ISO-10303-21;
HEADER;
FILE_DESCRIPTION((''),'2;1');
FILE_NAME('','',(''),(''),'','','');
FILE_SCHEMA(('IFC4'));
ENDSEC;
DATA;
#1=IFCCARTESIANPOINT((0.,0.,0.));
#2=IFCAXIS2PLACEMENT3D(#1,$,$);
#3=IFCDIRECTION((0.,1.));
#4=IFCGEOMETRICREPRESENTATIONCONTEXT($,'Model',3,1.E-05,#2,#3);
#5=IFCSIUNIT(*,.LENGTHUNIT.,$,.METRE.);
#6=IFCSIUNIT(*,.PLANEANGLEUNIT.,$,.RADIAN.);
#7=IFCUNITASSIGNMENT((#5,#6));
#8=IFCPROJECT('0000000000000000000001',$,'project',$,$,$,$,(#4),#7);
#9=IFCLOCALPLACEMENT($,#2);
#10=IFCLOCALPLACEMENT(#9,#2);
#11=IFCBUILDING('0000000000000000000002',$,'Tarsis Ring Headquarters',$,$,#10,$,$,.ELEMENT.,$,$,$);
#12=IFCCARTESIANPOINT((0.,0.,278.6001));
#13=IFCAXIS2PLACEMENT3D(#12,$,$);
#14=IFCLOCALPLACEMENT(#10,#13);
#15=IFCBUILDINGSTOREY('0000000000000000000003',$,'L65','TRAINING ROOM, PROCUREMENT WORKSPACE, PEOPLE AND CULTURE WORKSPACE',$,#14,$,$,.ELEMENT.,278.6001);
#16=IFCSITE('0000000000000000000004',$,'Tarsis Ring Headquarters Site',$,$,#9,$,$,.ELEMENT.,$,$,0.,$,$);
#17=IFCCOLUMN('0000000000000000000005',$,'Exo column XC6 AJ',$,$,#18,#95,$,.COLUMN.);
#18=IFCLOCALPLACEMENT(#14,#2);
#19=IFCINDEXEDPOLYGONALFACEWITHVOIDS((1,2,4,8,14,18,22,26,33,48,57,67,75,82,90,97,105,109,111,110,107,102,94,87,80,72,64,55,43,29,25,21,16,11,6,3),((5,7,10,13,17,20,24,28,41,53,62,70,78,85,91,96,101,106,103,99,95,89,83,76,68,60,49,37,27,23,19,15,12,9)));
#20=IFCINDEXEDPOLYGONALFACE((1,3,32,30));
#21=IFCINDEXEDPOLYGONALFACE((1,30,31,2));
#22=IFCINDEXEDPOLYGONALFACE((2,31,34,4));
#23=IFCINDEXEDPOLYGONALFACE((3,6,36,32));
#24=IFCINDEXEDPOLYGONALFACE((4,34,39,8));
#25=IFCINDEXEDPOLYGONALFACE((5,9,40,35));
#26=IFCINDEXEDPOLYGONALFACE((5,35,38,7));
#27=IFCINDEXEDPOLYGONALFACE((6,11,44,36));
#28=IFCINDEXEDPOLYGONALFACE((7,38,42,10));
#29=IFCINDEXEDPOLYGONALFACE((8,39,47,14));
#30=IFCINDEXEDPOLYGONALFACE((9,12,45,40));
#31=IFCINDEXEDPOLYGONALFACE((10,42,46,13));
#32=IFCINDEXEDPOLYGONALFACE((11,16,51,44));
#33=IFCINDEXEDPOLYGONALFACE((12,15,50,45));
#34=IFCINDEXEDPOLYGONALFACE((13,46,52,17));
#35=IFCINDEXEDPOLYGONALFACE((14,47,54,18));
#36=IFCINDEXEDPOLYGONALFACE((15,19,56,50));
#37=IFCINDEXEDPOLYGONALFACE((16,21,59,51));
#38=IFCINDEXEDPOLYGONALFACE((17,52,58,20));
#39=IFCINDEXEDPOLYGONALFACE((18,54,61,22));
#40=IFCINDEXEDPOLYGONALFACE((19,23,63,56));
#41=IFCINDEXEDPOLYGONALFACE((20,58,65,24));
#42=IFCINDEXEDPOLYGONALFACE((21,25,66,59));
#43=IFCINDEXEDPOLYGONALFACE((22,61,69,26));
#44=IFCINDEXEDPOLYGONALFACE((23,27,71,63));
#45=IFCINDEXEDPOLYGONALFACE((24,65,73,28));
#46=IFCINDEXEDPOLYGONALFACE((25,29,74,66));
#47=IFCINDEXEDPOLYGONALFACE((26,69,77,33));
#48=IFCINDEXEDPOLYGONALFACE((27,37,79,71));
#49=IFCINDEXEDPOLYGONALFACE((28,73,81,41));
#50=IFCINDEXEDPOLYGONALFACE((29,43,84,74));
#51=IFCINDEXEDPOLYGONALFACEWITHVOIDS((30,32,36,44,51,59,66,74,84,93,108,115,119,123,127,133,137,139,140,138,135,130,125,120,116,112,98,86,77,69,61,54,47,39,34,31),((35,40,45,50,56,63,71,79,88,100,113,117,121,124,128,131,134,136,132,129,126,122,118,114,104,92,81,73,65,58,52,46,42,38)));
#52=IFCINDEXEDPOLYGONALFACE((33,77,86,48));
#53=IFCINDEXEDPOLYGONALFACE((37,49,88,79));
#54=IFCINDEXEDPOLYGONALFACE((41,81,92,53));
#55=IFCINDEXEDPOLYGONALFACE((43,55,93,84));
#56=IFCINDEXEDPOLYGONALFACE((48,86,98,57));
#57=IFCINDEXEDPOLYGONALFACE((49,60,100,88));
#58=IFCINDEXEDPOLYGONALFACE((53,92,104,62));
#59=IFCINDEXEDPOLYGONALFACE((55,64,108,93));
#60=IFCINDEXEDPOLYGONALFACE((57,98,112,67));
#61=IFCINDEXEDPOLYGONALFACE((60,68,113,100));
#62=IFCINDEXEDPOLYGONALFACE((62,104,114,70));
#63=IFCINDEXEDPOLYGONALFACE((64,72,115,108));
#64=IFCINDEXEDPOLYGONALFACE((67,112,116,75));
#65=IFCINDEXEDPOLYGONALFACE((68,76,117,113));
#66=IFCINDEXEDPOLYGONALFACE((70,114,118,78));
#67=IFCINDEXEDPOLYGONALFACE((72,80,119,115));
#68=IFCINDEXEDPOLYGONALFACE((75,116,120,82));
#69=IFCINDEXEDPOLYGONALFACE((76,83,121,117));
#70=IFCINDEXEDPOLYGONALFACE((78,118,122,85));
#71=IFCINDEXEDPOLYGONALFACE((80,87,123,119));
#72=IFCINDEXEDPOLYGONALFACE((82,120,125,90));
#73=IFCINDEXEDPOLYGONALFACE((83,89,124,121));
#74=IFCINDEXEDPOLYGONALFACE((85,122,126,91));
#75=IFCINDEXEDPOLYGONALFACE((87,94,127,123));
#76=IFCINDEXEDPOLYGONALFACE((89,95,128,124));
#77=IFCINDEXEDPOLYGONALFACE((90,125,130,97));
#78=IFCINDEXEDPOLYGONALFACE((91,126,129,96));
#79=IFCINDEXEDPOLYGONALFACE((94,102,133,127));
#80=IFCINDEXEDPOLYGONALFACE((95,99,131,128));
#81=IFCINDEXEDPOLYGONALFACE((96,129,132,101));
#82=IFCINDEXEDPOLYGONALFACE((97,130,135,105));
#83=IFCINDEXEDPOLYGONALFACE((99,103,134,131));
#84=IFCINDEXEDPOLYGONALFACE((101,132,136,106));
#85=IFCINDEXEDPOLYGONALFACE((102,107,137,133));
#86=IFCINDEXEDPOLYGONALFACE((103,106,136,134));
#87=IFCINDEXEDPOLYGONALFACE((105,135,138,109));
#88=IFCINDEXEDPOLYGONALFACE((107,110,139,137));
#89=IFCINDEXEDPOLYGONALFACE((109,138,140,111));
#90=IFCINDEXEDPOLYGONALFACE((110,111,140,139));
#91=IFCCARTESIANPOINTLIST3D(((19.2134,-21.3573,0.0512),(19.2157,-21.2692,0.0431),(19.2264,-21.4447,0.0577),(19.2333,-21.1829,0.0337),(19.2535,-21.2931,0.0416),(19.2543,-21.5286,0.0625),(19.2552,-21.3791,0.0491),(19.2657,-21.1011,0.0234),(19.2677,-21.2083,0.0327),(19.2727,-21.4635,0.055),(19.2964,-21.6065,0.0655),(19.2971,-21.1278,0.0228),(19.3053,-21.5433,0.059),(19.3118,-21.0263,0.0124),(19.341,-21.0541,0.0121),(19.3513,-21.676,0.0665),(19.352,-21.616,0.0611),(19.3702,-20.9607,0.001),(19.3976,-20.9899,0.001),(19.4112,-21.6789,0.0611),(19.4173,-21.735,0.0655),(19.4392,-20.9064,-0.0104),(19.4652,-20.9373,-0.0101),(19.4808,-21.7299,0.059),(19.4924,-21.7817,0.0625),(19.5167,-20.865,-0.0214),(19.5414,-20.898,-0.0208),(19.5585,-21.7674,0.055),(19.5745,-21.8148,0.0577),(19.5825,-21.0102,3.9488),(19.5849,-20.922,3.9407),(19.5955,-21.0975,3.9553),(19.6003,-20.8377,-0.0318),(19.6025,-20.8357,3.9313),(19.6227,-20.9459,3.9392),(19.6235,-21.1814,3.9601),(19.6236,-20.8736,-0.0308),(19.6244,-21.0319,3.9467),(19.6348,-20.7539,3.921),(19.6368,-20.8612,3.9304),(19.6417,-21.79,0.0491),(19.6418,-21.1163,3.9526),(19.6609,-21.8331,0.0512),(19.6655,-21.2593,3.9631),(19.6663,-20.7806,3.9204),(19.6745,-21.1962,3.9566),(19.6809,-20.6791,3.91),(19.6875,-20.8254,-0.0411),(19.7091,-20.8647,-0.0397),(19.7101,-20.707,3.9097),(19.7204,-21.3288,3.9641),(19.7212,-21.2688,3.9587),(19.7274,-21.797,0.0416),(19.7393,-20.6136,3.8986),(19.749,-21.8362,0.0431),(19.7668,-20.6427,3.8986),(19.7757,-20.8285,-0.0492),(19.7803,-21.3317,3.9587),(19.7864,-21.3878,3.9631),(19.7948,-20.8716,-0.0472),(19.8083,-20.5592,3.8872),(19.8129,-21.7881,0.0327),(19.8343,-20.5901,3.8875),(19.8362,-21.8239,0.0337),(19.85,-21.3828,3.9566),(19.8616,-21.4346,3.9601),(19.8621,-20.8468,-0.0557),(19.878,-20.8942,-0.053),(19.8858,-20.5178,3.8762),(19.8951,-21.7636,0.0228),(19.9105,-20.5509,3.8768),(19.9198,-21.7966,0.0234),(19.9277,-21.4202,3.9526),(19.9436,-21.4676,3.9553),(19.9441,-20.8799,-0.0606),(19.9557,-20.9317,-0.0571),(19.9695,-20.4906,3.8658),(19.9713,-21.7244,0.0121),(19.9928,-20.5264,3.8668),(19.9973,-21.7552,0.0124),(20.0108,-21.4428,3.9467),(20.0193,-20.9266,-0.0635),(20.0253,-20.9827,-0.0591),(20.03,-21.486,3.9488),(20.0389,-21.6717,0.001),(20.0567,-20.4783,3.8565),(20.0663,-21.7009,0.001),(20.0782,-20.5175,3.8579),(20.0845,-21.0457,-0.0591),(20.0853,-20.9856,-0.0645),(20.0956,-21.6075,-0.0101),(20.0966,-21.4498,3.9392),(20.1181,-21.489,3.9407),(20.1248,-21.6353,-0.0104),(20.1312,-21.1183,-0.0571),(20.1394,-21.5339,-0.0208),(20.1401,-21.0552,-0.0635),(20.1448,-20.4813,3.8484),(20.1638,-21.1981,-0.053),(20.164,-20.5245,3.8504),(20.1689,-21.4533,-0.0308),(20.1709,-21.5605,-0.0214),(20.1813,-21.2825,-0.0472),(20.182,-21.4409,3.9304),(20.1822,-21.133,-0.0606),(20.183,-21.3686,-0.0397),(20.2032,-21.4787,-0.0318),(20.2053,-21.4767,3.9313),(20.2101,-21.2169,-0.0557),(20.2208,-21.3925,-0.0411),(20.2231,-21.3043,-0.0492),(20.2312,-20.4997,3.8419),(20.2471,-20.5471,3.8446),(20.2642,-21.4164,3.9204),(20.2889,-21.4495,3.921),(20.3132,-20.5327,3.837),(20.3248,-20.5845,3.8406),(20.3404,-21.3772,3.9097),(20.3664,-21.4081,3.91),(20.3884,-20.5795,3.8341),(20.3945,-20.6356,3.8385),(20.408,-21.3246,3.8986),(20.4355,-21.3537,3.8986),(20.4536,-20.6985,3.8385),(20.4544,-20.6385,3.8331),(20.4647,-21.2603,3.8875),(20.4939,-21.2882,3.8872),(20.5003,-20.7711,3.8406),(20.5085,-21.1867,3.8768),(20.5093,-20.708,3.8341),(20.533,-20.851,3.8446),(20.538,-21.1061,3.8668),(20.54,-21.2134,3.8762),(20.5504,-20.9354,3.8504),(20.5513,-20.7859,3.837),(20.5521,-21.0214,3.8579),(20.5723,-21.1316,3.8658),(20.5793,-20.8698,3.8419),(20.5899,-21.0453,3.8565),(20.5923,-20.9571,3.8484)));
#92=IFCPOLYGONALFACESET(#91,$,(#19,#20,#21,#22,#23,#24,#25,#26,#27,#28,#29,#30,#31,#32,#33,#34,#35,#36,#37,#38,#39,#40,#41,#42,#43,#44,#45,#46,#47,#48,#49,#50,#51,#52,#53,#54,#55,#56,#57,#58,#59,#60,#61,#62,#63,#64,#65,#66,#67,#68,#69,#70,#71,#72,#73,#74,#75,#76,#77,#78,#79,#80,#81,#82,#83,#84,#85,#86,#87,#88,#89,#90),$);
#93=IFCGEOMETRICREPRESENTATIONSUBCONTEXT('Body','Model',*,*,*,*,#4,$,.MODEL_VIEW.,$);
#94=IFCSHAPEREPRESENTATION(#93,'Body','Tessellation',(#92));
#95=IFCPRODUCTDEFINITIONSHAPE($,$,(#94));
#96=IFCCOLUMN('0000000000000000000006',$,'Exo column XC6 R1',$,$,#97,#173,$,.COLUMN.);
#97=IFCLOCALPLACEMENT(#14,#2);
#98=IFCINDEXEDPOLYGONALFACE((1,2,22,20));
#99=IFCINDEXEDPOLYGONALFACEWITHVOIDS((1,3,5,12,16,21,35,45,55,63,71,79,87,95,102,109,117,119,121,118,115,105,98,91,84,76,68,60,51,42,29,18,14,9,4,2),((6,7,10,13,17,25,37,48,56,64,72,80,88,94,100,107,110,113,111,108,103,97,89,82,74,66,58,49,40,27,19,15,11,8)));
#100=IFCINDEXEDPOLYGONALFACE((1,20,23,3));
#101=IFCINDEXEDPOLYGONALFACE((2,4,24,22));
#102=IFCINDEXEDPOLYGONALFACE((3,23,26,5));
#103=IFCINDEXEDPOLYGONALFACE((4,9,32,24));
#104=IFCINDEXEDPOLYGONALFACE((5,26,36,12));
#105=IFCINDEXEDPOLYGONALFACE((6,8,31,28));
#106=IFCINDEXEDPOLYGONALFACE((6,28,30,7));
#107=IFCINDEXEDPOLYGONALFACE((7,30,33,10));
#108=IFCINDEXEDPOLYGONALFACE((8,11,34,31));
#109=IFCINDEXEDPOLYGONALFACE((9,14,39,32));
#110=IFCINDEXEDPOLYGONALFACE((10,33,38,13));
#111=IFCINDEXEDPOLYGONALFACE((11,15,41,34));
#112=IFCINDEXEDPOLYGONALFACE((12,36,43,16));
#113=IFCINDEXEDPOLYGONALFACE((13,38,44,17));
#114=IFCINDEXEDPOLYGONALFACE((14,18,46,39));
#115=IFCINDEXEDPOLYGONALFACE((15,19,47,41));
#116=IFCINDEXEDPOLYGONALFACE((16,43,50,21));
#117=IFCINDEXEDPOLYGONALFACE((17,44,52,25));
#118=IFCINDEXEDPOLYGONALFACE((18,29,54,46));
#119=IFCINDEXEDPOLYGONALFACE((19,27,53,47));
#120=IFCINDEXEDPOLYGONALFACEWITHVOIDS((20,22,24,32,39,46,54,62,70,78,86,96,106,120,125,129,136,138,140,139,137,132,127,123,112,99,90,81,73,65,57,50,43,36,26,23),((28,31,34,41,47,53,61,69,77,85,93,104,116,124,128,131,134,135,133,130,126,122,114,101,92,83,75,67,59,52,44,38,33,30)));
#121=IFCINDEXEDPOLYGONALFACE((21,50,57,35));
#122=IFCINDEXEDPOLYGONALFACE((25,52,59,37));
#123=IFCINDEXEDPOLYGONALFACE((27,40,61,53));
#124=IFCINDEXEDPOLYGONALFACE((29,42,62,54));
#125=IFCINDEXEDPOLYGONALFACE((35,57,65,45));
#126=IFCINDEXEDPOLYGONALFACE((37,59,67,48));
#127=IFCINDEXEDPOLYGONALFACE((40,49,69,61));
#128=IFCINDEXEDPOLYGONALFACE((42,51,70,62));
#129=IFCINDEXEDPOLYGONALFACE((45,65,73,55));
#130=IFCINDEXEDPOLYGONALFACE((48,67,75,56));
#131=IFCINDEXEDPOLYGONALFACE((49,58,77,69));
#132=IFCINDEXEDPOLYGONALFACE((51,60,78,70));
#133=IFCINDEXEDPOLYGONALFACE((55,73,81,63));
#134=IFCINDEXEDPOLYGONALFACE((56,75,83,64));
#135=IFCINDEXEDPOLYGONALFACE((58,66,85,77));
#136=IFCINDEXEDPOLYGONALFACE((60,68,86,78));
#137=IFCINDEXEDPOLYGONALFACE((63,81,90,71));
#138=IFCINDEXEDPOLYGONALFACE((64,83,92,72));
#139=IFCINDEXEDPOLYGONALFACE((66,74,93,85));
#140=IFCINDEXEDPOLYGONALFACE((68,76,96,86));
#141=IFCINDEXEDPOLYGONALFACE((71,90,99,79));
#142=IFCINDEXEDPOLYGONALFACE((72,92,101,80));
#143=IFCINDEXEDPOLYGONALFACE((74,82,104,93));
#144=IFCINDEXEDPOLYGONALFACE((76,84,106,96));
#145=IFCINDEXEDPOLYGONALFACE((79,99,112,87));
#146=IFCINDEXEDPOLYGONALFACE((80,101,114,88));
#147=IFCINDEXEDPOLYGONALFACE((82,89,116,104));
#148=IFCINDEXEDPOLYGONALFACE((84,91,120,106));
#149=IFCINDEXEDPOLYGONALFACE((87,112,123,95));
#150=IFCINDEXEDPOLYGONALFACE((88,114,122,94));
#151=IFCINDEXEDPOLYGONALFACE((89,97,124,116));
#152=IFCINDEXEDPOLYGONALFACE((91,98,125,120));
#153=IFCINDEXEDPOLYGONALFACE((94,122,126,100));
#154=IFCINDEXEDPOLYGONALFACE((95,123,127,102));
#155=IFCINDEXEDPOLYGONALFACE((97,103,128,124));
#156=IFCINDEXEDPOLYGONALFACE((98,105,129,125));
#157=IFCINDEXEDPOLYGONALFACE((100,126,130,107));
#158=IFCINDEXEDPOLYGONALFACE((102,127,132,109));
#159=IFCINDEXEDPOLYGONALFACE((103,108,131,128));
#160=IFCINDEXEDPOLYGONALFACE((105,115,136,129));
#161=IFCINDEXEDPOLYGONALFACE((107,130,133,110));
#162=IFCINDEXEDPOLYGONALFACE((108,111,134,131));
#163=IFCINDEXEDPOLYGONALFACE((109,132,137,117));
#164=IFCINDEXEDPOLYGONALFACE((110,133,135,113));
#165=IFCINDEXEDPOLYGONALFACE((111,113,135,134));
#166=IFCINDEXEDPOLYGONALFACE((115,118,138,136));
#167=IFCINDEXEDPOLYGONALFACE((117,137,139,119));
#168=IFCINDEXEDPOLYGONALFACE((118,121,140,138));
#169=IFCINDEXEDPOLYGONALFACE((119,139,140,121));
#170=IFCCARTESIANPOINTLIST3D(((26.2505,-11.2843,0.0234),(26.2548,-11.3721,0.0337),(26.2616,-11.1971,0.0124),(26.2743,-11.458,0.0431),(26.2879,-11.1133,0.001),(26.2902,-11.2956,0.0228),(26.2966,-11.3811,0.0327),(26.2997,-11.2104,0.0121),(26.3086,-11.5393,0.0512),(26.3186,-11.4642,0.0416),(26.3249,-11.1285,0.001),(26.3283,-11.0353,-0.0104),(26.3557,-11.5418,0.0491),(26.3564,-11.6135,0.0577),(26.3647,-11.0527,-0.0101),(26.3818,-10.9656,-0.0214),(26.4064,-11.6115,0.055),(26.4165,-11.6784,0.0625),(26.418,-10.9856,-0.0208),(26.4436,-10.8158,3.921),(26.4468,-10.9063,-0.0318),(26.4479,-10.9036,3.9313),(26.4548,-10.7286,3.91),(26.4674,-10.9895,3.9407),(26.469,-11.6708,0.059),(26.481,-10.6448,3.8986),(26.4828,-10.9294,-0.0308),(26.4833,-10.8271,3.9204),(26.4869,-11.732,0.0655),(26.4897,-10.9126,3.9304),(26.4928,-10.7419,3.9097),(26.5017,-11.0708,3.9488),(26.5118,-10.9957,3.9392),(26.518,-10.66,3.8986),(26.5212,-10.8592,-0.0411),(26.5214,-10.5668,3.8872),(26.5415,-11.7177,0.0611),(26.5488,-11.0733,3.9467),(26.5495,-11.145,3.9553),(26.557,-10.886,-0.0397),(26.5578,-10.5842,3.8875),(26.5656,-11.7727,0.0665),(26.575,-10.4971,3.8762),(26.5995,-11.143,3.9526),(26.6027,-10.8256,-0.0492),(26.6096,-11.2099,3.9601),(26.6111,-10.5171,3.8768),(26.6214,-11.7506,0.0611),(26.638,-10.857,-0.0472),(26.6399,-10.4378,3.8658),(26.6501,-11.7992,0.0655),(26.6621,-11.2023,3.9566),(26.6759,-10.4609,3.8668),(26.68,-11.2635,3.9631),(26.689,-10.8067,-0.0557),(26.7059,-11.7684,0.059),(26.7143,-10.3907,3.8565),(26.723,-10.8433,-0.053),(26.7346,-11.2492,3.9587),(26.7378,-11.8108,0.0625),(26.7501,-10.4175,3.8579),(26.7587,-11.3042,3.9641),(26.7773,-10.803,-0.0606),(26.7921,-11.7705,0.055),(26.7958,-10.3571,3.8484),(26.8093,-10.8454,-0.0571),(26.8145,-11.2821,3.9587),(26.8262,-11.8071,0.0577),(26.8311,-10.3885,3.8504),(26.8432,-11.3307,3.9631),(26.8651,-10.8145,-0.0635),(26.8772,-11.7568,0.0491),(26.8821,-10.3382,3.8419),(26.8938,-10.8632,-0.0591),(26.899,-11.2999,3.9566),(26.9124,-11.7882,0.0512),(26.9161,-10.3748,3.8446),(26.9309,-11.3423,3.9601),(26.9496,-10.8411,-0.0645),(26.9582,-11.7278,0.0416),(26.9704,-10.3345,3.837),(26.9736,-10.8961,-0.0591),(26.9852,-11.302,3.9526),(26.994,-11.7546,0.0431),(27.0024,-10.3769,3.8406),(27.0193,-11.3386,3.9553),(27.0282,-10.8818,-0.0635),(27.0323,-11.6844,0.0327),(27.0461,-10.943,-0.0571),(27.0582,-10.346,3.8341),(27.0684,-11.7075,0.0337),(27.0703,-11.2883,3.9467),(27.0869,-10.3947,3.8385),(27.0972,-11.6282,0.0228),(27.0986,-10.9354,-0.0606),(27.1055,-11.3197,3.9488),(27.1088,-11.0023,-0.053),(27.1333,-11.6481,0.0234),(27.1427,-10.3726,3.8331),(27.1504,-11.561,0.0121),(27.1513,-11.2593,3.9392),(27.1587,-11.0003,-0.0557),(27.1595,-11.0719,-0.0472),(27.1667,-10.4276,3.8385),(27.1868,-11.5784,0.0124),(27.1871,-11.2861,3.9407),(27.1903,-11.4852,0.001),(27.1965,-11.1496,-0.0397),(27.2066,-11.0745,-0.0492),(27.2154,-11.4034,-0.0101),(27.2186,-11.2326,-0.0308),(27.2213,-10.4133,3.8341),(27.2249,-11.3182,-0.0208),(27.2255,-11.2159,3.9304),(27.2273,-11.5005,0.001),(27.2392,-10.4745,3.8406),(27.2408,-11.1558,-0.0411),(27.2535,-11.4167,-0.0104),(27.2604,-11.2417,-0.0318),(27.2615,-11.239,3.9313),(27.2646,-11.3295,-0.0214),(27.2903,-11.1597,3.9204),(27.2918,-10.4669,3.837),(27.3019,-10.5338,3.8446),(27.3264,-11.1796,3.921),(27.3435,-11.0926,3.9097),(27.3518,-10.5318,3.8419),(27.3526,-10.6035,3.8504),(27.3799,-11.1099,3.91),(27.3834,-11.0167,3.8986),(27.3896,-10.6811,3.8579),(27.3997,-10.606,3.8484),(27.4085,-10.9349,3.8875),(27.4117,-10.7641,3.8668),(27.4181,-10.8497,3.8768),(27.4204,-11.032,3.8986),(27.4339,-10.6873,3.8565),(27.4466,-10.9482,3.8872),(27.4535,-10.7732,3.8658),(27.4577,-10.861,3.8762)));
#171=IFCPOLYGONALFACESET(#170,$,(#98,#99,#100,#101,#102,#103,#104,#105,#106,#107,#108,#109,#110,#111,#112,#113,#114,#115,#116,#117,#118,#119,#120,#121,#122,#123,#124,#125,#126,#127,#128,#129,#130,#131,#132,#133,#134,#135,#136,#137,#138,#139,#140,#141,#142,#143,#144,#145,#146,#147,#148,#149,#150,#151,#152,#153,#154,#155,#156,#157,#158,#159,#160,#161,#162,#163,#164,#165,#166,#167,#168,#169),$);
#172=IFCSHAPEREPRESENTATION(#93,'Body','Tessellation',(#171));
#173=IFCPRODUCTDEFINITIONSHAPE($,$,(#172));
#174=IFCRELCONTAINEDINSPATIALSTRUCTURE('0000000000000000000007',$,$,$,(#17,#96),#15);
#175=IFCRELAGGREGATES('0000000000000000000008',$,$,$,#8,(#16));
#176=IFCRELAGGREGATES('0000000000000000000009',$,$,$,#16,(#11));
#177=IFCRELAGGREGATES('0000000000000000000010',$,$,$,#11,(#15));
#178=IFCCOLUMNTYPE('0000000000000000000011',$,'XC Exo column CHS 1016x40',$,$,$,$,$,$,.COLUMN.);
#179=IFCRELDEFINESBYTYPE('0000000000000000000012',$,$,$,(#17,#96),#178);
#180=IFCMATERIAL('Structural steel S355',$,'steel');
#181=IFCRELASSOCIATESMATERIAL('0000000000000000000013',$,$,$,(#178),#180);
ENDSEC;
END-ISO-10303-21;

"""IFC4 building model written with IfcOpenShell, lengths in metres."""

from ifc_helpers import new_model, si_unit, direction, frame, origin, origin_2d, place, context, subcontext, project, spatial, hollow_circle, extrude, material, material_profile, profile_set, type_object, element, save


model = new_model("IFC4")

# Units and contexts
model_context = context("Model", 3, precision=1e-05, world=origin(), true_north=direction((0.0, 1.0)))
body_context = subcontext(model_context, "Body", "Model", "MODEL_VIEW")
ifc_project = project(units=[si_unit("LENGTHUNIT", "METRE"), si_unit("PLANEANGLEUNIT", "RADIAN")], contexts=[model_context])

# Site, building, storey
site_placement = place(None, origin())
site = spatial("IfcSite", under=ifc_project, at=site_placement, Name="Tarsis Ring Headquarters Site", CompositionType="ELEMENT", RefElevation=0.0)
building_placement = place(site_placement, origin())
building = spatial("IfcBuilding", under=site, at=building_placement, Name="Tarsis Ring Headquarters", CompositionType="ELEMENT")
storey_placement = place(building_placement, frame((0.0, 0.0, 278.6001)))
storey = spatial("IfcBuildingStorey", under=building, at=storey_placement, Name="L65", Description="TRAINING ROOM, PROCUREMENT WORKSPACE, PEOPLE AND CULTURE WORKSPACE", CompositionType="ELEMENT", Elevation=278.6001)

# Columns
ifc_material_1 = material(Name="Structural steel S355", Category="steel")
ifc_material_profile_1 = material_profile(ifc_material_1, hollow_circle(Radius=0.5081, WallThickness=0.04, at=origin_2d()), Name="CHS 1016x40")
ifc_profile_set_1 = profile_set([ifc_material_profile_1], Name="Structural steel S355")
column_type = type_object("IfcColumnType", Name="XC Exo column CHS 1016x40", PredefinedType="COLUMN", material=ifc_profile_set_1)
for number, where, z_axis, x_axis, name in (
    (1, (19.7183, -21.3308, 0.001), (0.093917, 0.088326, 0.991654), (-0.685094, 0.728455, 0.0), "Exo column XC6 AJ"),
    (2, (26.7576, -11.3069, 0.001), (0.049132, 0.119197, 0.991654), (-0.924538, 0.381089, 0.0), "Exo column XC6 R1"),
):
    element("IfcColumn", number, at=place(storey_placement, frame(where, z_axis=z_axis, x_axis=x_axis)), inside=storey, type_object=column_type, Name=name, PredefinedType="COLUMN", context=body_context, shape_type="SweptSolid", body=[
        extrude(hollow_circle(Radius=0.5081, WallThickness=0.04, at=origin_2d()), origin(), (0.0, 0.0, 1.0), 3.9304),
    ])

save(model, "model.ifc")
